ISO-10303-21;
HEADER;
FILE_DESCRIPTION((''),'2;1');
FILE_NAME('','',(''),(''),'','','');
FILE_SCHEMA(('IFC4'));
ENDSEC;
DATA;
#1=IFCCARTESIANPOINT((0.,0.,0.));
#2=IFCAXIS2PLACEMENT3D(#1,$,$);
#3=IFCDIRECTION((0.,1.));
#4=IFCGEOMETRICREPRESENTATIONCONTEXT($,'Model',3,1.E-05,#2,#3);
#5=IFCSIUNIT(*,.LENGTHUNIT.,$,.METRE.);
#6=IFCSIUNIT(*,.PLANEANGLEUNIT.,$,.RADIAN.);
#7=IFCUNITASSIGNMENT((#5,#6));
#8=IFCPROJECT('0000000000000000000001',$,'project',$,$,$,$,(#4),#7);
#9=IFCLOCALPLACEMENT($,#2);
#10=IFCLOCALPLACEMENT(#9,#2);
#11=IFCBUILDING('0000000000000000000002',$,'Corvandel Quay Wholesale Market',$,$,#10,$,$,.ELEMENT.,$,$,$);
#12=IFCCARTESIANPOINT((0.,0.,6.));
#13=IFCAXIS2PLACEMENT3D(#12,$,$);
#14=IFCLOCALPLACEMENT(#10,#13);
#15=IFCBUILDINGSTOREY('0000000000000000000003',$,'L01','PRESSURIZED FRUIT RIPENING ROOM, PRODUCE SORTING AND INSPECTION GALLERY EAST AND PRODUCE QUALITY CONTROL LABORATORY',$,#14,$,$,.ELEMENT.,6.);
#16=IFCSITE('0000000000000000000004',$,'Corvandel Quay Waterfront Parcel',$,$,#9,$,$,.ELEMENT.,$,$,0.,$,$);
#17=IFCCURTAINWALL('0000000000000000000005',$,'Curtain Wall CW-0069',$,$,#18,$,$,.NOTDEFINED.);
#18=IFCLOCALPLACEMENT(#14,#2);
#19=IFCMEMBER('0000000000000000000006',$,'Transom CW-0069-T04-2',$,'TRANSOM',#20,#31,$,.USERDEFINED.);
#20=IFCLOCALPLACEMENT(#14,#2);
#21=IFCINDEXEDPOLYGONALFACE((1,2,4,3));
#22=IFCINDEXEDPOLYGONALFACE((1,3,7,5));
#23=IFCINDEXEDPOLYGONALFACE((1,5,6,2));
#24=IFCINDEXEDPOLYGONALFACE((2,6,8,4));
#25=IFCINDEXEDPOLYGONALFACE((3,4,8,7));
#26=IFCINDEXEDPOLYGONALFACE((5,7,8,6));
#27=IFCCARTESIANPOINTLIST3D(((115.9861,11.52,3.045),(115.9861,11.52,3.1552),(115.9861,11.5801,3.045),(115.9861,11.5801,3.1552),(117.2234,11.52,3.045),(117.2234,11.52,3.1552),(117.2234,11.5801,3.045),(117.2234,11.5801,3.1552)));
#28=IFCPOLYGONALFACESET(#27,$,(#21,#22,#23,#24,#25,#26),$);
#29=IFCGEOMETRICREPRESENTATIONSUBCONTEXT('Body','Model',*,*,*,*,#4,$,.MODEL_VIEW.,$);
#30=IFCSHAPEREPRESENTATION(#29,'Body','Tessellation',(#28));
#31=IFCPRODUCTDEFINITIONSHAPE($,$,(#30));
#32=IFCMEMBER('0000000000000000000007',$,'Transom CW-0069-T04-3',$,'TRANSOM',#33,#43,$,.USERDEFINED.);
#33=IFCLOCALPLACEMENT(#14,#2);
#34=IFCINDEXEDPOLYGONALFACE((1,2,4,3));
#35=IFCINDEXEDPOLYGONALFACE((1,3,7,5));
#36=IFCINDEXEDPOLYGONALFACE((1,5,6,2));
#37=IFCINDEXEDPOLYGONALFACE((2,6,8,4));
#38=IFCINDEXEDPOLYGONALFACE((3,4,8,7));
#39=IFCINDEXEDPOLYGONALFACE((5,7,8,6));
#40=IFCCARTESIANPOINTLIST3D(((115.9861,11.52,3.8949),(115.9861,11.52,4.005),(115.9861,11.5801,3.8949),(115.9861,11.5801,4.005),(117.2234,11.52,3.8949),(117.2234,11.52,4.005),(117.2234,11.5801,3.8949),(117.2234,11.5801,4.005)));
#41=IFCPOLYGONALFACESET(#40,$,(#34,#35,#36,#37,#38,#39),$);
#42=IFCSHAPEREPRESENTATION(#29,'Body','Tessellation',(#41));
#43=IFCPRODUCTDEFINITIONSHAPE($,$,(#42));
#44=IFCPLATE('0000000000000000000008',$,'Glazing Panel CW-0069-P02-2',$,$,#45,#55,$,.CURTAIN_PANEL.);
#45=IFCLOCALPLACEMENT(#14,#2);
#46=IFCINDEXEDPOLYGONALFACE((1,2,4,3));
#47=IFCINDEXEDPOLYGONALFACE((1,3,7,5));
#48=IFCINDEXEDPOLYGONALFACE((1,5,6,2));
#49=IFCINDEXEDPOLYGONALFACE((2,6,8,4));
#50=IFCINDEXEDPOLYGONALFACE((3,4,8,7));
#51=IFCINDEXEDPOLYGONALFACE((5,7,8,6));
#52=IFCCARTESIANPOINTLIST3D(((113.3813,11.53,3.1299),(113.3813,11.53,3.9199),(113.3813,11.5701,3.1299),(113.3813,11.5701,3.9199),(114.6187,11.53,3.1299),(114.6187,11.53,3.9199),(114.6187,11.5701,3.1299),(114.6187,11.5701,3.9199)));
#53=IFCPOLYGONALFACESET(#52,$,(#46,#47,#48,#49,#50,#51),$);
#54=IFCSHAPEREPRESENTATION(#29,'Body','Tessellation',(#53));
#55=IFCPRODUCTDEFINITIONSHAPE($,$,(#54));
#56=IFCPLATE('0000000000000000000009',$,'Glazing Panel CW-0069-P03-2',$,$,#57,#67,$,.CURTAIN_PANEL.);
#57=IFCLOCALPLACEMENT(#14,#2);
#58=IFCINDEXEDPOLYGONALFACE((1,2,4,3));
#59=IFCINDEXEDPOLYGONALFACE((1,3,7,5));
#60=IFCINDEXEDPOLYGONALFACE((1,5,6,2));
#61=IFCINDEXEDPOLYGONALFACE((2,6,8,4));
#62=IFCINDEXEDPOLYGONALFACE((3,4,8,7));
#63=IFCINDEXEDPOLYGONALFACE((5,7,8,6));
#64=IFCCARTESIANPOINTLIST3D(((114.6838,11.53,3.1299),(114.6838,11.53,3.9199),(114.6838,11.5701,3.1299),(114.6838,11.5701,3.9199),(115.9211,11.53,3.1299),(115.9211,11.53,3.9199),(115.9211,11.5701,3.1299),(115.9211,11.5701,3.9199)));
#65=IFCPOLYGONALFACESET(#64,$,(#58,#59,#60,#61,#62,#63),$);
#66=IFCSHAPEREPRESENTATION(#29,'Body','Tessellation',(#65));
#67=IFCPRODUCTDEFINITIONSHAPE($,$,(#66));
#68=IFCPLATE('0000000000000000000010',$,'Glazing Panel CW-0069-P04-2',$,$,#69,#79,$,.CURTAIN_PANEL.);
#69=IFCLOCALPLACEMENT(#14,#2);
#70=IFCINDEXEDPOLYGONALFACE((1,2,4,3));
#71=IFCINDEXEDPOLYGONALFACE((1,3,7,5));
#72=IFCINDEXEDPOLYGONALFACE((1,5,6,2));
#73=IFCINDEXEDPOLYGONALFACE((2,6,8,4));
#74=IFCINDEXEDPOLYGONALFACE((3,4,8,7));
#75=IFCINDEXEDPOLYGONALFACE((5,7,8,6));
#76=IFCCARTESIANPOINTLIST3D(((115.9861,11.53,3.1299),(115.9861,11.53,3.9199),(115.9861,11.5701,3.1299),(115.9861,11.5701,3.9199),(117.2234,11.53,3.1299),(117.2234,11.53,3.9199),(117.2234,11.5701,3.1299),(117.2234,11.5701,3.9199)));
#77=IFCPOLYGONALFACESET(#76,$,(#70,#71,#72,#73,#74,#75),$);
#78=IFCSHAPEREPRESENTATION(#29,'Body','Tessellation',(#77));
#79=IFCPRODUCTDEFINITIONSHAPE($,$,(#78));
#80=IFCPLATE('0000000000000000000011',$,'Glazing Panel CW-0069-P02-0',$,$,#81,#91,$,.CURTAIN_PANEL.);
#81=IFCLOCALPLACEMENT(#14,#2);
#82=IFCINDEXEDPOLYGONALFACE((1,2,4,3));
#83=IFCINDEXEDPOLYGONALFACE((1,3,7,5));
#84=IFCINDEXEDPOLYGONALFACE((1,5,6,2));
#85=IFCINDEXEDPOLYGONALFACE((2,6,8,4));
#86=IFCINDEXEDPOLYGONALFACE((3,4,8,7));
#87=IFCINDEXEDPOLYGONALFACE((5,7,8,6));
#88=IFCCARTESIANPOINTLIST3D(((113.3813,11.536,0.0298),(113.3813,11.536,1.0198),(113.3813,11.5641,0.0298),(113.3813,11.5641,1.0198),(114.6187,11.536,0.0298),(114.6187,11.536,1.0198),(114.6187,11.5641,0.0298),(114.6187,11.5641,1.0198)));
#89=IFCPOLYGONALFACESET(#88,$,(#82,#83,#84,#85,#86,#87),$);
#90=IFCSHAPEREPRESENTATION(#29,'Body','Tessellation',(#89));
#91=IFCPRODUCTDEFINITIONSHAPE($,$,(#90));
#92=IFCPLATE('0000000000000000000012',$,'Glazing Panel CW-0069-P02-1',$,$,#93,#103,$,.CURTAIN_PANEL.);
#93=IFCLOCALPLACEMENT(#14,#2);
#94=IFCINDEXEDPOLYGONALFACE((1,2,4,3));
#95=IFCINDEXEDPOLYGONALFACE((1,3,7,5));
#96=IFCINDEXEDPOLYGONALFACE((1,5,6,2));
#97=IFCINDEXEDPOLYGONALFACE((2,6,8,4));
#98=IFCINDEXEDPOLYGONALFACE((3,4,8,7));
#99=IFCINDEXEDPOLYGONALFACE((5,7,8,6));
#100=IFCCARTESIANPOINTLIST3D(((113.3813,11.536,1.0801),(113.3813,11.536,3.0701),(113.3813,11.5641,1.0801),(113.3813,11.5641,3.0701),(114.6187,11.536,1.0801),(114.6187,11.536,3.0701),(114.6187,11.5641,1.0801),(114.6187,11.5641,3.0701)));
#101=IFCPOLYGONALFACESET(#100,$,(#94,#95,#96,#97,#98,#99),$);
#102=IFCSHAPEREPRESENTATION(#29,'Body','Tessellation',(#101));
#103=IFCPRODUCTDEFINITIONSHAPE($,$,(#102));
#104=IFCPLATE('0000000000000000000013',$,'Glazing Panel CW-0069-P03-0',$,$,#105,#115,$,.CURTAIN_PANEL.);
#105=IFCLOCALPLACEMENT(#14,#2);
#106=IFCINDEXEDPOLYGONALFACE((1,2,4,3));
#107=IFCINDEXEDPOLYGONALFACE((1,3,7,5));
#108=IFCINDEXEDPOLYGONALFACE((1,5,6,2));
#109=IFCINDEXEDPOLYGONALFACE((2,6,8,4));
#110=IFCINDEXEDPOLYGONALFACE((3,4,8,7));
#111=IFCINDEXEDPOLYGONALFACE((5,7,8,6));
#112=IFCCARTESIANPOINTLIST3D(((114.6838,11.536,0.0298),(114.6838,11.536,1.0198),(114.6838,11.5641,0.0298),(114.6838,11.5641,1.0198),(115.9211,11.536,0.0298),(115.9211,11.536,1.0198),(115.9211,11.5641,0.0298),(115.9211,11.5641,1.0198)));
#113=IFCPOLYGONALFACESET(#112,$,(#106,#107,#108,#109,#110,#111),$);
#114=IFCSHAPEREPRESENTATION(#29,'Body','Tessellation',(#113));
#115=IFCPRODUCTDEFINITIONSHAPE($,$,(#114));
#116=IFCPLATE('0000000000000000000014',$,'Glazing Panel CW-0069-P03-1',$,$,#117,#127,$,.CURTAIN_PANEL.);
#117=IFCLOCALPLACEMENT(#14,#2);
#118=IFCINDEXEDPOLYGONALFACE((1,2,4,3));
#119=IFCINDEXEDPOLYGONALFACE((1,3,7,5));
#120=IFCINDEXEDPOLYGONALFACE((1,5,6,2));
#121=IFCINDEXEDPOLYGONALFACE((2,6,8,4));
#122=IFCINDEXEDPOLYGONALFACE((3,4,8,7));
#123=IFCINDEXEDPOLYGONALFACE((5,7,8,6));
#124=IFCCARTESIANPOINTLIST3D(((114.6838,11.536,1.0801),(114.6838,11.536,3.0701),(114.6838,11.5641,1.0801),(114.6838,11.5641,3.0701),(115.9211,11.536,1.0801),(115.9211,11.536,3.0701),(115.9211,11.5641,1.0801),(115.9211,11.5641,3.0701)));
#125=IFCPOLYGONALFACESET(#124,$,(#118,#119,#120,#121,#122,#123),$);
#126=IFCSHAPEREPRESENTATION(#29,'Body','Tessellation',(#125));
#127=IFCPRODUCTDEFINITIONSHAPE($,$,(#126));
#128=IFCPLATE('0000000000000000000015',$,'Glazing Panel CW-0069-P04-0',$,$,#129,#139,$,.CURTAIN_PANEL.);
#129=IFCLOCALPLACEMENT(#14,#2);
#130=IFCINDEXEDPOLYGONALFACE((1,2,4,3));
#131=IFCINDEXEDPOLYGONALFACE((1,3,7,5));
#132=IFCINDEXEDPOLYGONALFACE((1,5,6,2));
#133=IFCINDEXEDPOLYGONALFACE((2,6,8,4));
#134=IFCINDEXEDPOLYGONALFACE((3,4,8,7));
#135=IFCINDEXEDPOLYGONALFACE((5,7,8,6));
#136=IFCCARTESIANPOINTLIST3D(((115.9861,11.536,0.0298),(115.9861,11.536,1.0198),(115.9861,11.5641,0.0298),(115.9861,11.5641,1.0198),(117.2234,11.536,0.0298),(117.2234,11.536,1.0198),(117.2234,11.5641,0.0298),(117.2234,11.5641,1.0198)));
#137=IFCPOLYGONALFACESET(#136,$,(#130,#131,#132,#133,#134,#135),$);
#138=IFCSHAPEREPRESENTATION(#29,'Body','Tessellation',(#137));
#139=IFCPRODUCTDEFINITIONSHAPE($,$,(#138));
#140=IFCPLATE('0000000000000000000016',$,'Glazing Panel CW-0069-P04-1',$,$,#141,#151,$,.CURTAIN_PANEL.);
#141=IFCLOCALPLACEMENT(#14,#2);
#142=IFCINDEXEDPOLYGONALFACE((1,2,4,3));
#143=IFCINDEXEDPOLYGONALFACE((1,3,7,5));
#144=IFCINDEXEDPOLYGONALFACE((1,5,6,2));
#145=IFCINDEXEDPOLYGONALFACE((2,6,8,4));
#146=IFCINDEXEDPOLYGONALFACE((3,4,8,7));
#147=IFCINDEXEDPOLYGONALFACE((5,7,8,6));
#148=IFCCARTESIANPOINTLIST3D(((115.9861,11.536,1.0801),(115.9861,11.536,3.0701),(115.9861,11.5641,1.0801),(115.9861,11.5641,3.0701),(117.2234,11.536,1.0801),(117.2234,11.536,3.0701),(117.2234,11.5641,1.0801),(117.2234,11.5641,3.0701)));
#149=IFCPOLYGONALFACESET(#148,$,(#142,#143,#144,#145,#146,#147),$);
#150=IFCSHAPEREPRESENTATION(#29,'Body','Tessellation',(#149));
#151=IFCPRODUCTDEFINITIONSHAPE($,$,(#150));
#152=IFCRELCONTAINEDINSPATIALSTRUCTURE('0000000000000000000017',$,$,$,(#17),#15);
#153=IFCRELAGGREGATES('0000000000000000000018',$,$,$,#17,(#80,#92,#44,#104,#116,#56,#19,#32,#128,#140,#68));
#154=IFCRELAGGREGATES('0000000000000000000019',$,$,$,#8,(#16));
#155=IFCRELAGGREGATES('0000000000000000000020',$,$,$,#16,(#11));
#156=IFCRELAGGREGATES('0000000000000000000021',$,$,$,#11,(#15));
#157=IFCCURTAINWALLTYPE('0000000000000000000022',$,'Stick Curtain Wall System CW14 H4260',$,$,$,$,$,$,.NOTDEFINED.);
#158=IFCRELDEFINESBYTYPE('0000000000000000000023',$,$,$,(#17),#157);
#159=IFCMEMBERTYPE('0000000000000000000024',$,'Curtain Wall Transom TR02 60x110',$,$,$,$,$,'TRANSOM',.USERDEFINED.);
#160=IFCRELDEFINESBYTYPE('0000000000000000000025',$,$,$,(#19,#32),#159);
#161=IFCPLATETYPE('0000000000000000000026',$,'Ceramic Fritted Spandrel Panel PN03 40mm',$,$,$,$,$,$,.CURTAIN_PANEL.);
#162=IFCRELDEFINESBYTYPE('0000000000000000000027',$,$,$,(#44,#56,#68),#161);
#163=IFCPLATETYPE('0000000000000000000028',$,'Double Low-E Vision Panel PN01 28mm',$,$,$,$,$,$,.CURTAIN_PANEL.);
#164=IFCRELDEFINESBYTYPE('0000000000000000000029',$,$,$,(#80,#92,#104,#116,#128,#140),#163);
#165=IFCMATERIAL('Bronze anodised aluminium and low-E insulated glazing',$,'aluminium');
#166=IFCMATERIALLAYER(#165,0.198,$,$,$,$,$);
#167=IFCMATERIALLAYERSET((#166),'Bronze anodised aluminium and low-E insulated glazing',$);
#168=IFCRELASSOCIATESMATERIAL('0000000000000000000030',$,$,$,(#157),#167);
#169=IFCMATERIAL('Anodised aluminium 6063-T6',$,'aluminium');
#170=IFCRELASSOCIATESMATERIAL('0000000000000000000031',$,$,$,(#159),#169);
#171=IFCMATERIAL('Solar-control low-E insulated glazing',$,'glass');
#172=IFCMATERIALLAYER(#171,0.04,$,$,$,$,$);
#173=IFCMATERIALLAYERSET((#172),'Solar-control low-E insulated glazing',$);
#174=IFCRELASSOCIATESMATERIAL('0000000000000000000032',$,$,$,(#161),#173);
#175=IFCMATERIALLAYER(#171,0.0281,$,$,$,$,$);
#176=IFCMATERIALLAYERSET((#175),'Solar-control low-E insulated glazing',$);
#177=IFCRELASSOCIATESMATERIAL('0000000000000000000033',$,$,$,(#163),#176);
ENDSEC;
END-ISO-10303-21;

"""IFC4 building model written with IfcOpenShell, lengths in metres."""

from ifc_helpers import new_model, si_unit, direction, frame, origin, origin_2d, place, context, subcontext, project, spatial, rectangle, extrude, material, layer, layer_set, material_profile, profile_set, type_object, element, aggregate, save


model = new_model("IFC4")

# Units and contexts
model_context = context("Model", 3, precision=1e-05, world=origin(), true_north=direction((0.0, 1.0)))
body_context = subcontext(model_context, "Body", "Model", "MODEL_VIEW")
ifc_project = project(units=[si_unit("LENGTHUNIT", "METRE"), si_unit("PLANEANGLEUNIT", "RADIAN")], contexts=[model_context])

# Site, building, storey
site_placement = place(None, origin())
site = spatial("IfcSite", under=ifc_project, at=site_placement, Name="Corvandel Quay Waterfront Parcel", CompositionType="ELEMENT", RefElevation=0.0)
building_placement = place(site_placement, origin())
building = spatial("IfcBuilding", under=site, at=building_placement, Name="Corvandel Quay Wholesale Market", CompositionType="ELEMENT")
storey_placement = place(building_placement, frame((0.0, 0.0, 6.0)))
storey = spatial("IfcBuildingStorey", under=building, at=storey_placement, Name="L01", Description="PRESSURIZED FRUIT RIPENING ROOM, PRODUCE SORTING AND INSPECTION GALLERY EAST AND PRODUCE QUALITY CONTROL LABORATORY", CompositionType="ELEMENT", Elevation=6.0)

# Curtain wall, members, plates
ifc_material_1 = material(Name="Bronze anodised aluminium and low-E insulated glazing", Category="aluminium")
ifc_layer_1 = layer(ifc_material_1, 0.198)
ifc_layer_set_1 = layer_set([ifc_layer_1], Name="Bronze anodised aluminium and low-E insulated glazing")
curtain_wall_type = type_object("IfcCurtainWallType", Name="Stick Curtain Wall System CW14 H4260", PredefinedType="NOTDEFINED", material=ifc_layer_set_1)
curtain_wall_placement = place(storey_placement, origin())
curtain_wall = element("IfcCurtainWall", 1, at=curtain_wall_placement, inside=storey, type_object=curtain_wall_type, Name="Curtain Wall CW-0069", PredefinedType="NOTDEFINED")
ifc_material_2 = material(Name="Anodised aluminium 6063-T6", Category="aluminium")
ifc_material_profile_1 = material_profile(ifc_material_2, rectangle(XDim=0.0601, YDim=0.1101, at=origin_2d()), Name="ALU-TRN-60x110")
ifc_profile_set_1 = profile_set([ifc_material_profile_1], Name="Anodised aluminium 6063-T6")
member_type_1 = type_object("IfcMemberType", Name="Curtain Wall Transom TR02 60x110", ElementType="TRANSOM", PredefinedType="USERDEFINED", material=ifc_profile_set_1)
member_1_placement = place(storey_placement, frame((115.9861, 11.55, 3.1001), z_axis=(1.0, 0.0, 0.0), x_axis=(0.0, 1.0, 0.0)))
member_1 = element("IfcMember", 2, at=member_1_placement, type_object=member_type_1, Name="Transom CW-0069-T04-2", ObjectType="TRANSOM", PredefinedType="USERDEFINED", context=body_context, shape_type="SweptSolid", body=[
    extrude(rectangle(XDim=0.0601, YDim=0.1101, at=origin_2d()), origin(), (0.0, 0.0, 1.0), 1.2373),
])
member_2_placement = place(storey_placement, frame((115.9861, 11.55, 3.95), z_axis=(1.0, 0.0, 0.0), x_axis=(0.0, 1.0, 0.0)))
member_2 = element("IfcMember", 3, at=member_2_placement, type_object=member_type_1, Name="Transom CW-0069-T04-3", ObjectType="TRANSOM", PredefinedType="USERDEFINED", context=body_context, shape_type="SweptSolid", body=[
    extrude(rectangle(XDim=0.0601, YDim=0.1101, at=origin_2d()), origin(), (0.0, 0.0, 1.0), 1.2373),
])
ifc_material_3 = material(Name="Solar-control low-E insulated glazing", Category="glass")
ifc_layer_2 = layer(ifc_material_3, 0.04)
ifc_layer_set_2 = layer_set([ifc_layer_2], Name="Solar-control low-E insulated glazing")
plate_type_1 = type_object("IfcPlateType", Name="Ceramic Fritted Spandrel Panel PN03 40mm", PredefinedType="CURTAIN_PANEL", material=ifc_layer_set_2)
plate_1_placement = place(storey_placement, frame((114.0, 11.55, 3.1299), z_axis=(0.0, 0.0, 1.0), x_axis=(1.0, 0.0, 0.0)))
plate_1 = element("IfcPlate", 4, at=plate_1_placement, type_object=plate_type_1, Name="Glazing Panel CW-0069-P02-2", PredefinedType="CURTAIN_PANEL", context=body_context, shape_type="SweptSolid", body=[
    extrude(rectangle(XDim=1.2373, YDim=0.04, at=origin_2d()), origin(), (0.0, 0.0, 1.0), 0.79),
])
plate_2_placement = place(storey_placement, frame((115.3025, 11.55, 3.1299), z_axis=(0.0, 0.0, 1.0), x_axis=(1.0, 0.0, 0.0)))
plate_2 = element("IfcPlate", 5, at=plate_2_placement, type_object=plate_type_1, Name="Glazing Panel CW-0069-P03-2", PredefinedType="CURTAIN_PANEL", context=body_context, shape_type="SweptSolid", body=[
    extrude(rectangle(XDim=1.2373, YDim=0.04, at=origin_2d()), origin(), (0.0, 0.0, 1.0), 0.79),
])
plate_3_placement = place(storey_placement, frame((116.6047, 11.55, 3.1299), z_axis=(0.0, 0.0, 1.0), x_axis=(1.0, 0.0, 0.0)))
plate_3 = element("IfcPlate", 6, at=plate_3_placement, type_object=plate_type_1, Name="Glazing Panel CW-0069-P04-2", PredefinedType="CURTAIN_PANEL", context=body_context, shape_type="SweptSolid", body=[
    extrude(rectangle(XDim=1.2373, YDim=0.04, at=origin_2d()), origin(), (0.0, 0.0, 1.0), 0.79),
])
ifc_layer_3 = layer(ifc_material_3, 0.0281)
ifc_layer_set_3 = layer_set([ifc_layer_3], Name="Solar-control low-E insulated glazing")
plate_type_2 = type_object("IfcPlateType", Name="Double Low-E Vision Panel PN01 28mm", PredefinedType="CURTAIN_PANEL", material=ifc_layer_set_3)
plate_4_placement = place(storey_placement, frame((114.0, 11.55, 0.0298), z_axis=(0.0, 0.0, 1.0), x_axis=(1.0, 0.0, 0.0)))
plate_4 = element("IfcPlate", 7, at=plate_4_placement, type_object=plate_type_2, Name="Glazing Panel CW-0069-P02-0", PredefinedType="CURTAIN_PANEL", context=body_context, shape_type="SweptSolid", body=[
    extrude(rectangle(XDim=1.2373, YDim=0.0281, at=origin_2d()), origin(), (0.0, 0.0, 1.0), 0.99),
])
plate_5_placement = place(storey_placement, frame((114.0, 11.55, 1.0801), z_axis=(0.0, 0.0, 1.0), x_axis=(1.0, 0.0, 0.0)))
plate_5 = element("IfcPlate", 8, at=plate_5_placement, type_object=plate_type_2, Name="Glazing Panel CW-0069-P02-1", PredefinedType="CURTAIN_PANEL", context=body_context, shape_type="SweptSolid", body=[
    extrude(rectangle(XDim=1.2373, YDim=0.0281, at=origin_2d()), origin(), (0.0, 0.0, 1.0), 1.99),
])
plate_6_placement = place(storey_placement, frame((115.3025, 11.55, 0.0298), z_axis=(0.0, 0.0, 1.0), x_axis=(1.0, 0.0, 0.0)))
plate_6 = element("IfcPlate", 9, at=plate_6_placement, type_object=plate_type_2, Name="Glazing Panel CW-0069-P03-0", PredefinedType="CURTAIN_PANEL", context=body_context, shape_type="SweptSolid", body=[
    extrude(rectangle(XDim=1.2373, YDim=0.0281, at=origin_2d()), origin(), (0.0, 0.0, 1.0), 0.99),
])
plate_7_placement = place(storey_placement, frame((115.3025, 11.55, 1.0801), z_axis=(0.0, 0.0, 1.0), x_axis=(1.0, 0.0, 0.0)))
plate_7 = element("IfcPlate", 10, at=plate_7_placement, type_object=plate_type_2, Name="Glazing Panel CW-0069-P03-1", PredefinedType="CURTAIN_PANEL", context=body_context, shape_type="SweptSolid", body=[
    extrude(rectangle(XDim=1.2373, YDim=0.0281, at=origin_2d()), origin(), (0.0, 0.0, 1.0), 1.99),
])
plate_8_placement = place(storey_placement, frame((116.6047, 11.55, 0.0298), z_axis=(0.0, 0.0, 1.0), x_axis=(1.0, 0.0, 0.0)))
plate_8 = element("IfcPlate", 11, at=plate_8_placement, type_object=plate_type_2, Name="Glazing Panel CW-0069-P04-0", PredefinedType="CURTAIN_PANEL", context=body_context, shape_type="SweptSolid", body=[
    extrude(rectangle(XDim=1.2373, YDim=0.0281, at=origin_2d()), origin(), (0.0, 0.0, 1.0), 0.99),
])
plate_9_placement = place(storey_placement, frame((116.6047, 11.55, 1.0801), z_axis=(0.0, 0.0, 1.0), x_axis=(1.0, 0.0, 0.0)))
plate_9 = element("IfcPlate", 12, at=plate_9_placement, type_object=plate_type_2, Name="Glazing Panel CW-0069-P04-1", PredefinedType="CURTAIN_PANEL", context=body_context, shape_type="SweptSolid", body=[
    extrude(rectangle(XDim=1.2373, YDim=0.0281, at=origin_2d()), origin(), (0.0, 0.0, 1.0), 1.99),
])
aggregate(curtain_wall, [plate_4, plate_5, plate_1, plate_6, plate_7, plate_2, member_1, member_2, plate_8, plate_9, plate_3])

save(model, "model.ifc")
